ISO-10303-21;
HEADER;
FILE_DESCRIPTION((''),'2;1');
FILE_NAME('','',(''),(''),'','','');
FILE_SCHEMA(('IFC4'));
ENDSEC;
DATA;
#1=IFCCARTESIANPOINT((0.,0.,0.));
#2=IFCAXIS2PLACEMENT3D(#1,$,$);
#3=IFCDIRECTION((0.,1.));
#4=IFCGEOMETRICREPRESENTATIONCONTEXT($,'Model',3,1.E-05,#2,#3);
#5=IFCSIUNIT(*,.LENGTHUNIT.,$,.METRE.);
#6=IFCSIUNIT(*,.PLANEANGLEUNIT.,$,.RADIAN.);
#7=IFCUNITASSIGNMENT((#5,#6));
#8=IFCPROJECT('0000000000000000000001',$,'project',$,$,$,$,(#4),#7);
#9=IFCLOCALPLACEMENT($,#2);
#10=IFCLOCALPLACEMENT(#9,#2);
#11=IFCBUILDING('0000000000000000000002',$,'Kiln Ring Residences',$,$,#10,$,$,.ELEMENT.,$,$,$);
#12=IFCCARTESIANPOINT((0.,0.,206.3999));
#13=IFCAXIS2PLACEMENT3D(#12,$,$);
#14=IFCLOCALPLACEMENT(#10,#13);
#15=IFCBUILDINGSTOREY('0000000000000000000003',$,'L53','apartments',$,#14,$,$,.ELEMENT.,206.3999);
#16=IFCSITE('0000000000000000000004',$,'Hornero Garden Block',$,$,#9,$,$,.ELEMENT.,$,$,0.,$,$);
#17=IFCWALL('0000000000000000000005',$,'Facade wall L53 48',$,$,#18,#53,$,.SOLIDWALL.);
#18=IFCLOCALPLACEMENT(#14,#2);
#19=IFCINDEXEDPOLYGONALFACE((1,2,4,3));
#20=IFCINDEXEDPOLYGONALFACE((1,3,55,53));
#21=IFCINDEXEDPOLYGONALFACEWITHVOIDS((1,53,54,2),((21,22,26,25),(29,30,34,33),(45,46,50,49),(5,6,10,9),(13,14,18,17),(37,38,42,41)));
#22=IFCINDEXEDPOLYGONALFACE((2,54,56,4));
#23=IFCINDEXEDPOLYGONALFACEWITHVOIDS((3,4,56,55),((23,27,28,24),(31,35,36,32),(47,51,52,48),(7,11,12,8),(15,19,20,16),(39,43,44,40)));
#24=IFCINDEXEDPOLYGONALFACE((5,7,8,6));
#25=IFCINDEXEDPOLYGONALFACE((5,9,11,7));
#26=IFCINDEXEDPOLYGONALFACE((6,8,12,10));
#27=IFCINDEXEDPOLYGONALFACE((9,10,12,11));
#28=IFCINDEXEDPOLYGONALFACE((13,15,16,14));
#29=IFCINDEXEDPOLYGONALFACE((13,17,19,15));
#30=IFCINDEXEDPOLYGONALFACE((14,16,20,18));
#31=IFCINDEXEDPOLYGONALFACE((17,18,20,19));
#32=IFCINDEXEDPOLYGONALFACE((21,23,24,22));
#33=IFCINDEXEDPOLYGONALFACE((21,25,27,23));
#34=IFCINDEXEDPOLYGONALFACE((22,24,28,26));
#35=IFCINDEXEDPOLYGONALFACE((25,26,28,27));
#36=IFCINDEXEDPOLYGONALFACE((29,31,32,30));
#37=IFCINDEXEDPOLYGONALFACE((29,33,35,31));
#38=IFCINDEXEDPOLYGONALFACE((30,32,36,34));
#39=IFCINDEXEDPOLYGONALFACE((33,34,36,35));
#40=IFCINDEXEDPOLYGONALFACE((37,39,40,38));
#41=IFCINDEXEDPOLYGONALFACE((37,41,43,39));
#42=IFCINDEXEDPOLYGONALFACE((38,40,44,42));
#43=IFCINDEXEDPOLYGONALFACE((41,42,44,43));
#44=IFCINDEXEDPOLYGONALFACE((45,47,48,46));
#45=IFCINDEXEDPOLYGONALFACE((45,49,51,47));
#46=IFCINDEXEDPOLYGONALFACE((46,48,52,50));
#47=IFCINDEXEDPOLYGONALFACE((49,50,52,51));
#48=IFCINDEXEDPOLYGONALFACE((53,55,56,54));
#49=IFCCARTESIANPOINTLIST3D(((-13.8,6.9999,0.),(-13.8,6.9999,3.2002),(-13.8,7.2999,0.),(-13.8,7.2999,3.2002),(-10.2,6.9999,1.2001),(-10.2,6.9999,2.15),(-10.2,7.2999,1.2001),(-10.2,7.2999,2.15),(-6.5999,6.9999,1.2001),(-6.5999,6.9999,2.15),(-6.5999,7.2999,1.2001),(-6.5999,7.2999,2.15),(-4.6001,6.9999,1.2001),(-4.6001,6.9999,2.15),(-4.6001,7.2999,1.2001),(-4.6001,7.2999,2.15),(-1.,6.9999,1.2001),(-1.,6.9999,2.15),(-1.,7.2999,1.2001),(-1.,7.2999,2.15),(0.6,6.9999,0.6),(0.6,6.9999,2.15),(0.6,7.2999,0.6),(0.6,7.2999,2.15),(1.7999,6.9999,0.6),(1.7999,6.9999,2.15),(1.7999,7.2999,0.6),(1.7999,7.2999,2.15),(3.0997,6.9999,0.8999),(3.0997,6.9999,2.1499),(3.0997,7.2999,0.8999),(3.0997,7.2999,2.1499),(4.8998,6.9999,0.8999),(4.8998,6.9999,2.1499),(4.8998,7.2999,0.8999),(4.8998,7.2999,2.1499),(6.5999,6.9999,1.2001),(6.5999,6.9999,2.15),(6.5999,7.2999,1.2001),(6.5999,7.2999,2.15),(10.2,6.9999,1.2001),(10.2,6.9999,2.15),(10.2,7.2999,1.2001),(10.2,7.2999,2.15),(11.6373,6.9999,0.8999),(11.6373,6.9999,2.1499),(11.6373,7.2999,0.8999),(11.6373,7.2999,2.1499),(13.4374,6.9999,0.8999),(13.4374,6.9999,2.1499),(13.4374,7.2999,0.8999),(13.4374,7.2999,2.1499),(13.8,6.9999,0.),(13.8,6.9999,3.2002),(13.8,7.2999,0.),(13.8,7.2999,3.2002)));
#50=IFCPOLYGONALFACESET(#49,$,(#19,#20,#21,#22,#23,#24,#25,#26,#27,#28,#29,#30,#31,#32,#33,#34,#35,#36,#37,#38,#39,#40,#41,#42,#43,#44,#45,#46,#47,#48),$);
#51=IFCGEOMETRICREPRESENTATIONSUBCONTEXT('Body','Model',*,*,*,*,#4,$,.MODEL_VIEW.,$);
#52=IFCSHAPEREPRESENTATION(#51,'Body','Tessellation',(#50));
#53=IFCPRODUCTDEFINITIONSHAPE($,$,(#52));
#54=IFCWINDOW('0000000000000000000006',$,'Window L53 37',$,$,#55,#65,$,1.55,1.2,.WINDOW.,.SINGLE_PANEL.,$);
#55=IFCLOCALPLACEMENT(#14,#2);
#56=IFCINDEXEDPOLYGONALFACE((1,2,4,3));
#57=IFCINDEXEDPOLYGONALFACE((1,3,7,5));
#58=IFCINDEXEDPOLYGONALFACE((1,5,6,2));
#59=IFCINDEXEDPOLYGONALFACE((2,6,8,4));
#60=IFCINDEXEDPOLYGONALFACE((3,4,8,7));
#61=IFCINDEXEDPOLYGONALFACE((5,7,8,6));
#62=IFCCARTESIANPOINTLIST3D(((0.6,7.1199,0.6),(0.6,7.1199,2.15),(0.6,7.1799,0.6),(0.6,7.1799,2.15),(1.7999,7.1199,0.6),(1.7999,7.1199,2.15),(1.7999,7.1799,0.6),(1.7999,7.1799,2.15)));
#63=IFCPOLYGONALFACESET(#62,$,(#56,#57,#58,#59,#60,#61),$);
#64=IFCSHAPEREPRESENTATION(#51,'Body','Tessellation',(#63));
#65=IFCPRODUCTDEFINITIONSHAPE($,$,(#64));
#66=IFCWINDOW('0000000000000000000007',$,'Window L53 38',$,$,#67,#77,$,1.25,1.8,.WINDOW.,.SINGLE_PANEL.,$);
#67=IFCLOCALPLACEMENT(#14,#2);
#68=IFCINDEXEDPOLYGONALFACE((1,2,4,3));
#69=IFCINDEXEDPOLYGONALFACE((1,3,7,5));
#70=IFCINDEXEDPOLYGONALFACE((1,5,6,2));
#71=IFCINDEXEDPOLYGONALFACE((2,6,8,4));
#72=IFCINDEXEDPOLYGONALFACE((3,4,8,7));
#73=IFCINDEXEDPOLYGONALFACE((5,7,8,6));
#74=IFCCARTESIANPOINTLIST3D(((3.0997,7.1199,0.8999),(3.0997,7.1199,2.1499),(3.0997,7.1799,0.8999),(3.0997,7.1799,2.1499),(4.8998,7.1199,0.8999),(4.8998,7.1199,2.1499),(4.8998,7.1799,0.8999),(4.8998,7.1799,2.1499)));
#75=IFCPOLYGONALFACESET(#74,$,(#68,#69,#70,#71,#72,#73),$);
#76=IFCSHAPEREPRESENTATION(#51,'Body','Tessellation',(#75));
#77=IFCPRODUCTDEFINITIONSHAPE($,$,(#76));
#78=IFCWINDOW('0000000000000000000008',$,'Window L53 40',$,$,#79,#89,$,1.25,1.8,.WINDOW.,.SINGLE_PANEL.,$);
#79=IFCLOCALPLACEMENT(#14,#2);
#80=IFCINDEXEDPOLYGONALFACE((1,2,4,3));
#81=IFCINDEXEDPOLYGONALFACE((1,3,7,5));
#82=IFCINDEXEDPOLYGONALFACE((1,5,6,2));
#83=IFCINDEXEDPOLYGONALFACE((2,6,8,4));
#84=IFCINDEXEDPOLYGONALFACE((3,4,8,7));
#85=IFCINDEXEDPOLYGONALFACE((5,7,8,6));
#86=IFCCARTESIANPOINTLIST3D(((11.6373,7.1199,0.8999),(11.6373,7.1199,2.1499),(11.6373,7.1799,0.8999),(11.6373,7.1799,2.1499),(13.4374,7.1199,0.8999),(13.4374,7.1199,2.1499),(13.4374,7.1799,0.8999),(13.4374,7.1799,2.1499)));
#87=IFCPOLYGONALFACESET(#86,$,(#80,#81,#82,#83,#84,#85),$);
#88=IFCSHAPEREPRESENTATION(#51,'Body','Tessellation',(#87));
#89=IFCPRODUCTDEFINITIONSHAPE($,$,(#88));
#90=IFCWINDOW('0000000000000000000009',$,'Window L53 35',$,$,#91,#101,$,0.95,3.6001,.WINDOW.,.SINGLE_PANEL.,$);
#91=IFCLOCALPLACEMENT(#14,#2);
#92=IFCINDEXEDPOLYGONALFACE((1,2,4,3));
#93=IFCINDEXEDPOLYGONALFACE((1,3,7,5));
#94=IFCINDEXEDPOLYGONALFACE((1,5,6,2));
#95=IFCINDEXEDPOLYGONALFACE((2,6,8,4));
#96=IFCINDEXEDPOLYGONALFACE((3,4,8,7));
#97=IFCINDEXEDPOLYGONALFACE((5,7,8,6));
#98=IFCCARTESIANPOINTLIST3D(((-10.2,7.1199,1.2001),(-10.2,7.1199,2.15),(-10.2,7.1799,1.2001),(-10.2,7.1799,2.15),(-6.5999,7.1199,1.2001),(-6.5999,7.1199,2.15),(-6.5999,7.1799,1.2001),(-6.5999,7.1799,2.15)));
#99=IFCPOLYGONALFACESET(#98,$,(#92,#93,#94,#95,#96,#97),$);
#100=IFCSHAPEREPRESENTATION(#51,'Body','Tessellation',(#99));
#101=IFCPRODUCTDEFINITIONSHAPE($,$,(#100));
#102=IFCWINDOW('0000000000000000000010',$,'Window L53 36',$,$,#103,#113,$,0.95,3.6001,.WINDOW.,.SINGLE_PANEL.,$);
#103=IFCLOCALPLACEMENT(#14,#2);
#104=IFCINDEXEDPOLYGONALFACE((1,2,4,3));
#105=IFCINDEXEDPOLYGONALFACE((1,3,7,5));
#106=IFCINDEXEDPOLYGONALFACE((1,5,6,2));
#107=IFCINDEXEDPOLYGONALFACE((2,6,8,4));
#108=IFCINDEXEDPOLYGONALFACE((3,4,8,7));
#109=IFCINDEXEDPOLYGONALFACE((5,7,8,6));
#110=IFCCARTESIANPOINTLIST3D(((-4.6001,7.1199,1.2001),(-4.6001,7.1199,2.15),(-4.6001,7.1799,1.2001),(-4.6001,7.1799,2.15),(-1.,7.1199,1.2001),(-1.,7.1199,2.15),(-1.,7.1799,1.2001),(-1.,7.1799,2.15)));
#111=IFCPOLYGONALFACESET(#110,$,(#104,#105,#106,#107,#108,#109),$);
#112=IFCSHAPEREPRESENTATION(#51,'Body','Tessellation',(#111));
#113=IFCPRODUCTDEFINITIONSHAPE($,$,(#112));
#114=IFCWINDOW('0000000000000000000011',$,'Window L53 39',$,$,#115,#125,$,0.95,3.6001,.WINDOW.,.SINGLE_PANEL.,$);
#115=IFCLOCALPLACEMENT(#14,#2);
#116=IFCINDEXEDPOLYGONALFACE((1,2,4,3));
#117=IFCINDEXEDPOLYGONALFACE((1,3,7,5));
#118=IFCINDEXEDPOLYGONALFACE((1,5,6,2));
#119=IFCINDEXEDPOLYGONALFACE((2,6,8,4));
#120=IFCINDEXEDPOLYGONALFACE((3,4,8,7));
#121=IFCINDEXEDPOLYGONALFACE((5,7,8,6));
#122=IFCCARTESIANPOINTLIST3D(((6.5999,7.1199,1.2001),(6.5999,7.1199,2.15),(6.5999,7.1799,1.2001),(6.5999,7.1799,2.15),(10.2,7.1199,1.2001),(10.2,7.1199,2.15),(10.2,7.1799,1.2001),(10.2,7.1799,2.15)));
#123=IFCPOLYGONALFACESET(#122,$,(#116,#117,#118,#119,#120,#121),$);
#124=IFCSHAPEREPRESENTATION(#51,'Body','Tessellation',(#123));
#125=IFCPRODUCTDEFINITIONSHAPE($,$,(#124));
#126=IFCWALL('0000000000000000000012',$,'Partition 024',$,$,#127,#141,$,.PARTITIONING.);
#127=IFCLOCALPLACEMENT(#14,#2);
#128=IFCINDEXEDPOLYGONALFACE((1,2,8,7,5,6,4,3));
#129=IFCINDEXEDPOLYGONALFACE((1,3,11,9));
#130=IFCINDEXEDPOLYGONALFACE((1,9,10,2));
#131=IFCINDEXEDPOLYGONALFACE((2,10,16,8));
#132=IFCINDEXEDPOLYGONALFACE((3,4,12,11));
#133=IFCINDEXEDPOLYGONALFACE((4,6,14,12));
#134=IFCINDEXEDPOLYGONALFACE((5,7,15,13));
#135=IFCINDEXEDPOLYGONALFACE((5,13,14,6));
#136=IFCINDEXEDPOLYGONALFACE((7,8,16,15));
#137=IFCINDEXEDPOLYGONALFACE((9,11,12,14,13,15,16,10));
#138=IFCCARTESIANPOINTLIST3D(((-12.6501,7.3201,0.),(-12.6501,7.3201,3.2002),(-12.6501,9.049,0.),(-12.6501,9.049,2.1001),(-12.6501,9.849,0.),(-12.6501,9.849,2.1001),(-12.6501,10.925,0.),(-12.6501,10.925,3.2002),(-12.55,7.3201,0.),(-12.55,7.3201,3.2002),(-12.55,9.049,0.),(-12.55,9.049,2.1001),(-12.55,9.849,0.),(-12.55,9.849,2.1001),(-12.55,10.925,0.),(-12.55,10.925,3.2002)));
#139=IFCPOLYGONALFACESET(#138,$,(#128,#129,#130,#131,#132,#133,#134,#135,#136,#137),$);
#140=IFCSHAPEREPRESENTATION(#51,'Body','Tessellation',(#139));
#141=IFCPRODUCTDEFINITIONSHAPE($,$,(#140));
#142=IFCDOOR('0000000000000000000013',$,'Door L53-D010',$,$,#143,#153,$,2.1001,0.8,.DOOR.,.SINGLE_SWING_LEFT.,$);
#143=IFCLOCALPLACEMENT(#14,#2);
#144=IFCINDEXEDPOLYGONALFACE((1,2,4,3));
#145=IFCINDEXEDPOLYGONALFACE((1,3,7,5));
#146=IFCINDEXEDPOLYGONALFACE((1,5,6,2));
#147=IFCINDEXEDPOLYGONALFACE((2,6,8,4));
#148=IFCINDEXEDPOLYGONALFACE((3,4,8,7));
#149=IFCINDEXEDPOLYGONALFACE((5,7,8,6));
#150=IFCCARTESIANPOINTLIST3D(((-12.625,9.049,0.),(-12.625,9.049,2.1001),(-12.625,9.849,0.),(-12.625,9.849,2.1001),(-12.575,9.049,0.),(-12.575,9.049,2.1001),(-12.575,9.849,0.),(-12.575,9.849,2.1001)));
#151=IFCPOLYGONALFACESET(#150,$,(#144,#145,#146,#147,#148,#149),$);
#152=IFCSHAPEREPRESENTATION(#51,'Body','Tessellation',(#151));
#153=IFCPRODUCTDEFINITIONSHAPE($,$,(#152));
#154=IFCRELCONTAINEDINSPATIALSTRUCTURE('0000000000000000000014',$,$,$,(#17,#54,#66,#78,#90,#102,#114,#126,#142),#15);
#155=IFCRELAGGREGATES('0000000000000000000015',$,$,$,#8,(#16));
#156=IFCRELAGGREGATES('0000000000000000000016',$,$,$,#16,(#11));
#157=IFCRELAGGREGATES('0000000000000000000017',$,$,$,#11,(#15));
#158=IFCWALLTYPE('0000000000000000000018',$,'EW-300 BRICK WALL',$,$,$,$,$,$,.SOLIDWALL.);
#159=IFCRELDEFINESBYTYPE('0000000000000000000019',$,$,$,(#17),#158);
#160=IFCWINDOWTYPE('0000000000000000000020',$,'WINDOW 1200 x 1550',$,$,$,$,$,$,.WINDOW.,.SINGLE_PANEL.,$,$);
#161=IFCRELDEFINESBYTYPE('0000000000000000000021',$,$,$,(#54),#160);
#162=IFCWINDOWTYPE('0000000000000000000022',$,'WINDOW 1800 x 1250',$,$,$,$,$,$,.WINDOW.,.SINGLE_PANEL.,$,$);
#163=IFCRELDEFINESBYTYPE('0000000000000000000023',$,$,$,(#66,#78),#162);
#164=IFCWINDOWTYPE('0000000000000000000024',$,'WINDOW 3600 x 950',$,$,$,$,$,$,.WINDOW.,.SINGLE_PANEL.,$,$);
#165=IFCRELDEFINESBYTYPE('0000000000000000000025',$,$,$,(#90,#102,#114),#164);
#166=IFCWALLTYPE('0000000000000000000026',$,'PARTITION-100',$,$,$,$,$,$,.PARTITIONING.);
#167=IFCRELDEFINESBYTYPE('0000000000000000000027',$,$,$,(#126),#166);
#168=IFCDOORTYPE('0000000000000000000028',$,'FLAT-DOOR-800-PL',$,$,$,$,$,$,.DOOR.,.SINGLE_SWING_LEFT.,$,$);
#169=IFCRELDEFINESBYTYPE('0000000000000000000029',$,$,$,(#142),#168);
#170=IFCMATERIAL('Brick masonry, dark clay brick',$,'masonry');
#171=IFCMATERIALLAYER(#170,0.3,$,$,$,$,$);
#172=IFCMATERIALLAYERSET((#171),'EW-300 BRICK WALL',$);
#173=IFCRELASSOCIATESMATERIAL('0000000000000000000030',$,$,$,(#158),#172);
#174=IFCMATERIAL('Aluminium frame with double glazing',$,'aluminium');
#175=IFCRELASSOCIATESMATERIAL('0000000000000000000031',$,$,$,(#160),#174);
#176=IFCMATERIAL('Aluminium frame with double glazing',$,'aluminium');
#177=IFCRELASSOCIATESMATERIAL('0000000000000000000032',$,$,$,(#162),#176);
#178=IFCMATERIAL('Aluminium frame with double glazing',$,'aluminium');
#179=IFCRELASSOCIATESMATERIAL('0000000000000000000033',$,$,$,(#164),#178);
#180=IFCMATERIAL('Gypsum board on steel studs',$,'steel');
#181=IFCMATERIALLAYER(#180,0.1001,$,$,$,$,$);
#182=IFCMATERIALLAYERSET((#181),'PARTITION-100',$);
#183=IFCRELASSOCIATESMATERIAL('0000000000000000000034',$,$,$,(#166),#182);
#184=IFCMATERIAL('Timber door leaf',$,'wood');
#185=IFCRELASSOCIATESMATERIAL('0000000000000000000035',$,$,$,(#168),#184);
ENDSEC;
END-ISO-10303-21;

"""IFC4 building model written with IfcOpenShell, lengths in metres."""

from ifc_helpers import new_model, si_unit, direction, frame, frame_2d, origin, place, context, subcontext, project, spatial, rectangle, extrude, material, layer, layer_set, type_object, element, fill, save


model = new_model("IFC4")

# Units and contexts
model_context = context("Model", 3, precision=1e-05, world=origin(), true_north=direction((0.0, 1.0)))
body_context = subcontext(model_context, "Body", "Model", "MODEL_VIEW")
ifc_project = project(units=[si_unit("LENGTHUNIT", "METRE"), si_unit("PLANEANGLEUNIT", "RADIAN")], contexts=[model_context])

# Site, building, storey
site_placement = place(None, origin())
site = spatial("IfcSite", under=ifc_project, at=site_placement, Name="Hornero Garden Block", CompositionType="ELEMENT", RefElevation=0.0)
building_placement = place(site_placement, origin())
building = spatial("IfcBuilding", under=site, at=building_placement, Name="Kiln Ring Residences", CompositionType="ELEMENT")
storey_placement = place(building_placement, frame((0.0, 0.0, 206.3999)))
storey = spatial("IfcBuildingStorey", under=building, at=storey_placement, Name="L53", Description="apartments", CompositionType="ELEMENT", Elevation=206.3999)

# Wall, openings, windows
ifc_material_1 = material(Name="Brick masonry, dark clay brick", Category="masonry")
ifc_layer_1 = layer(ifc_material_1, 0.3)
ifc_layer_set_1 = layer_set([ifc_layer_1], Name="EW-300 BRICK WALL")
wall_type_1 = type_object("IfcWallType", Name="EW-300 BRICK WALL", PredefinedType="SOLIDWALL", material=ifc_layer_set_1)
wall_1_placement = place(storey_placement, frame((-13.8, 7.1499, 0.0), z_axis=(0.0, 0.0, 1.0), x_axis=(1.0, 0.0, 0.0)))
wall_1 = element("IfcWall", 1, at=wall_1_placement, inside=storey, type_object=wall_type_1, Name="Facade wall L53 48", PredefinedType="SOLIDWALL", context=body_context, shape_type="SweptSolid", body=[
    extrude(rectangle(XDim=27.6001, YDim=0.3, at=frame_2d((13.8, 0.0))), origin(), (0.0, 0.0, 1.0), 3.2002),
])
opening_1_placement = place(wall_1_placement, frame((3.6001, 0.0, 1.2)))
opening_1 = element("IfcOpeningElement", 2, at=opening_1_placement, cuts=wall_1, PredefinedType="OPENING", context=body_context, shape_type="SweptSolid", body=[
    extrude(rectangle(XDim=3.6001, YDim=0.95, at=frame_2d((1.8, 0.4751))), frame((0.0, 0.1599, 0.0), z_axis=(0.0, -1.0, 0.0), x_axis=(1.0, 0.0, 0.0)), (0.0, 0.0, 1.0), 0.3201),
])
opening_2_placement = place(wall_1_placement, frame((9.2, 0.0, 1.2)))
opening_2 = element("IfcOpeningElement", 3, at=opening_2_placement, cuts=wall_1, PredefinedType="OPENING", context=body_context, shape_type="SweptSolid", body=[
    extrude(rectangle(XDim=3.6001, YDim=0.95, at=frame_2d((1.8, 0.4751))), frame((0.0, 0.1599, 0.0), z_axis=(0.0, -1.0, 0.0), x_axis=(1.0, 0.0, 0.0)), (0.0, 0.0, 1.0), 0.3201),
])
opening_3_placement = place(wall_1_placement, frame((14.3999, 0.0, 0.6001)))
opening_3 = element("IfcOpeningElement", 4, at=opening_3_placement, cuts=wall_1, PredefinedType="OPENING", context=body_context, shape_type="SweptSolid", body=[
    extrude(rectangle(XDim=1.2, YDim=1.55, at=frame_2d((0.6001, 0.7749))), frame((0.0, 0.1599, 0.0), z_axis=(0.0, -1.0, 0.0), x_axis=(1.0, 0.0, 0.0)), (0.0, 0.0, 1.0), 0.3201),
])
opening_4_placement = place(wall_1_placement, frame((16.8999, 0.0, 0.8999)))
opening_4 = element("IfcOpeningElement", 5, at=opening_4_placement, cuts=wall_1, PredefinedType="OPENING", context=body_context, shape_type="SweptSolid", body=[
    extrude(rectangle(XDim=1.8, YDim=1.25, at=frame_2d((0.8999, 0.625))), frame((0.0, 0.1599, 0.0), z_axis=(0.0, -1.0, 0.0), x_axis=(1.0, 0.0, 0.0)), (0.0, 0.0, 1.0), 0.3201),
])
opening_5_placement = place(wall_1_placement, frame((20.3999, 0.0, 1.2)))
opening_5 = element("IfcOpeningElement", 6, at=opening_5_placement, cuts=wall_1, PredefinedType="OPENING", context=body_context, shape_type="SweptSolid", body=[
    extrude(rectangle(XDim=3.6001, YDim=0.95, at=frame_2d((1.8, 0.4751))), frame((0.0, 0.1599, 0.0), z_axis=(0.0, -1.0, 0.0), x_axis=(1.0, 0.0, 0.0)), (0.0, 0.0, 1.0), 0.3201),
])
opening_6_placement = place(wall_1_placement, frame((25.4375, 0.0, 0.8999)))
opening_6 = element("IfcOpeningElement", 7, at=opening_6_placement, cuts=wall_1, PredefinedType="OPENING", context=body_context, shape_type="SweptSolid", body=[
    extrude(rectangle(XDim=1.8, YDim=1.25, at=frame_2d((0.8999, 0.625))), frame((0.0, 0.1599, 0.0), z_axis=(0.0, -1.0, 0.0), x_axis=(1.0, 0.0, 0.0)), (0.0, 0.0, 1.0), 0.3201),
])
ifc_material_2 = material(Name="Aluminium frame with double glazing", Category="aluminium")
window_type_1 = type_object("IfcWindowType", Name="WINDOW 1200 x 1550", PartitioningType="SINGLE_PANEL", PredefinedType="WINDOW", material=ifc_material_2)
window_1_placement = place(opening_3_placement, origin())
window_1 = element("IfcWindow", 8, at=window_1_placement, inside=storey, type_object=window_type_1, Name="Window L53 37", OverallHeight=1.55, OverallWidth=1.2, PartitioningType="SINGLE_PANEL", PredefinedType="WINDOW", context=body_context, shape_type="SweptSolid", body=[
    extrude(rectangle(XDim=1.2, YDim=1.55, at=frame_2d((0.6001, 0.7749))), frame((0.0, 0.03, 0.0), z_axis=(0.0, -1.0, 0.0), x_axis=(1.0, 0.0, 0.0)), (0.0, 0.0, 1.0), 0.0601),
])
fill(opening_3, window_1)
ifc_material_3 = material(Name="Aluminium frame with double glazing", Category="aluminium")
window_type_2 = type_object("IfcWindowType", Name="WINDOW 1800 x 1250", PartitioningType="SINGLE_PANEL", PredefinedType="WINDOW", material=ifc_material_3)
window_2_placement = place(opening_4_placement, origin())
window_2 = element("IfcWindow", 9, at=window_2_placement, inside=storey, type_object=window_type_2, Name="Window L53 38", OverallHeight=1.25, OverallWidth=1.8, PartitioningType="SINGLE_PANEL", PredefinedType="WINDOW", context=body_context, shape_type="SweptSolid", body=[
    extrude(rectangle(XDim=1.8, YDim=1.25, at=frame_2d((0.8999, 0.625))), frame((0.0, 0.03, 0.0), z_axis=(0.0, -1.0, 0.0), x_axis=(1.0, 0.0, 0.0)), (0.0, 0.0, 1.0), 0.0601),
])
fill(opening_4, window_2)
window_3_placement = place(opening_6_placement, origin())
window_3 = element("IfcWindow", 10, at=window_3_placement, inside=storey, type_object=window_type_2, Name="Window L53 40", OverallHeight=1.25, OverallWidth=1.8, PartitioningType="SINGLE_PANEL", PredefinedType="WINDOW", context=body_context, shape_type="SweptSolid", body=[
    extrude(rectangle(XDim=1.8, YDim=1.25, at=frame_2d((0.8999, 0.625))), frame((0.0, 0.03, 0.0), z_axis=(0.0, -1.0, 0.0), x_axis=(1.0, 0.0, 0.0)), (0.0, 0.0, 1.0), 0.0601),
])
fill(opening_6, window_3)
ifc_material_4 = material(Name="Aluminium frame with double glazing", Category="aluminium")
window_type_3 = type_object("IfcWindowType", Name="WINDOW 3600 x 950", PartitioningType="SINGLE_PANEL", PredefinedType="WINDOW", material=ifc_material_4)
window_4_placement = place(opening_1_placement, origin())
window_4 = element("IfcWindow", 11, at=window_4_placement, inside=storey, type_object=window_type_3, Name="Window L53 35", OverallHeight=0.95, OverallWidth=3.6001, PartitioningType="SINGLE_PANEL", PredefinedType="WINDOW", context=body_context, shape_type="SweptSolid", body=[
    extrude(rectangle(XDim=3.6001, YDim=0.95, at=frame_2d((1.8, 0.4751))), frame((0.0, 0.03, 0.0), z_axis=(0.0, -1.0, 0.0), x_axis=(1.0, 0.0, 0.0)), (0.0, 0.0, 1.0), 0.0601),
])
fill(opening_1, window_4)
window_5_placement = place(opening_2_placement, origin())
window_5 = element("IfcWindow", 12, at=window_5_placement, inside=storey, type_object=window_type_3, Name="Window L53 36", OverallHeight=0.95, OverallWidth=3.6001, PartitioningType="SINGLE_PANEL", PredefinedType="WINDOW", context=body_context, shape_type="SweptSolid", body=[
    extrude(rectangle(XDim=3.6001, YDim=0.95, at=frame_2d((1.8, 0.4751))), frame((0.0, 0.03, 0.0), z_axis=(0.0, -1.0, 0.0), x_axis=(1.0, 0.0, 0.0)), (0.0, 0.0, 1.0), 0.0601),
])
fill(opening_2, window_5)
window_6_placement = place(opening_5_placement, origin())
window_6 = element("IfcWindow", 13, at=window_6_placement, inside=storey, type_object=window_type_3, Name="Window L53 39", OverallHeight=0.95, OverallWidth=3.6001, PartitioningType="SINGLE_PANEL", PredefinedType="WINDOW", context=body_context, shape_type="SweptSolid", body=[
    extrude(rectangle(XDim=3.6001, YDim=0.95, at=frame_2d((1.8, 0.4751))), frame((0.0, 0.03, 0.0), z_axis=(0.0, -1.0, 0.0), x_axis=(1.0, 0.0, 0.0)), (0.0, 0.0, 1.0), 0.0601),
])
fill(opening_5, window_6)

# Wall, opening, door
ifc_material_5 = material(Name="Gypsum board on steel studs", Category="steel")
ifc_layer_2 = layer(ifc_material_5, 0.1001)
ifc_layer_set_2 = layer_set([ifc_layer_2], Name="PARTITION-100")
wall_type_2 = type_object("IfcWallType", Name="PARTITION-100", PredefinedType="PARTITIONING", material=ifc_layer_set_2)
wall_2_placement = place(storey_placement, frame((-12.6001, 7.3201, 0.0), z_axis=(0.0, 0.0, 1.0), x_axis=(0.0, 1.0, 0.0)))
wall_2 = element("IfcWall", 14, at=wall_2_placement, inside=storey, type_object=wall_type_2, Name="Partition 024", PredefinedType="PARTITIONING", context=body_context, shape_type="SweptSolid", body=[
    extrude(rectangle(XDim=3.605, YDim=0.1001, at=frame_2d((1.8025, 0.0))), origin(), (0.0, 0.0, 1.0), 3.2002),
])
opening_7_placement = place(wall_2_placement, frame((1.729, 0.0, 0.0)))
opening_7 = element("IfcOpeningElement", 15, at=opening_7_placement, cuts=wall_2, PredefinedType="OPENING", context=body_context, shape_type="SweptSolid", body=[
    extrude(rectangle(XDim=0.8, YDim=2.1001, at=frame_2d((0.3999, 1.05))), frame((0.0, 0.0601, 0.0), z_axis=(0.0, -1.0, 0.0), x_axis=(1.0, 0.0, 0.0)), (0.0, 0.0, 1.0), 0.1201),
])
ifc_material_6 = material(Name="Timber door leaf", Category="wood")
door_type_1 = type_object("IfcDoorType", Name="FLAT-DOOR-800-PL", OperationType="SINGLE_SWING_LEFT", PredefinedType="DOOR", material=ifc_material_6)
door_1_placement = place(opening_7_placement, origin())
door_1 = element("IfcDoor", 16, at=door_1_placement, inside=storey, type_object=door_type_1, Name="Door L53-D010", OperationType="SINGLE_SWING_LEFT", OverallHeight=2.1001, OverallWidth=0.8, PredefinedType="DOOR", context=body_context, shape_type="SweptSolid", body=[
    extrude(rectangle(XDim=0.8, YDim=2.1001, at=frame_2d((0.3999, 1.05))), frame((0.0, 0.0249, 0.0), z_axis=(0.0, -1.0, 0.0), x_axis=(1.0, 0.0, 0.0)), (0.0, 0.0, 1.0), 0.05),
])
fill(opening_7, door_1)

save(model, "model.ifc")
